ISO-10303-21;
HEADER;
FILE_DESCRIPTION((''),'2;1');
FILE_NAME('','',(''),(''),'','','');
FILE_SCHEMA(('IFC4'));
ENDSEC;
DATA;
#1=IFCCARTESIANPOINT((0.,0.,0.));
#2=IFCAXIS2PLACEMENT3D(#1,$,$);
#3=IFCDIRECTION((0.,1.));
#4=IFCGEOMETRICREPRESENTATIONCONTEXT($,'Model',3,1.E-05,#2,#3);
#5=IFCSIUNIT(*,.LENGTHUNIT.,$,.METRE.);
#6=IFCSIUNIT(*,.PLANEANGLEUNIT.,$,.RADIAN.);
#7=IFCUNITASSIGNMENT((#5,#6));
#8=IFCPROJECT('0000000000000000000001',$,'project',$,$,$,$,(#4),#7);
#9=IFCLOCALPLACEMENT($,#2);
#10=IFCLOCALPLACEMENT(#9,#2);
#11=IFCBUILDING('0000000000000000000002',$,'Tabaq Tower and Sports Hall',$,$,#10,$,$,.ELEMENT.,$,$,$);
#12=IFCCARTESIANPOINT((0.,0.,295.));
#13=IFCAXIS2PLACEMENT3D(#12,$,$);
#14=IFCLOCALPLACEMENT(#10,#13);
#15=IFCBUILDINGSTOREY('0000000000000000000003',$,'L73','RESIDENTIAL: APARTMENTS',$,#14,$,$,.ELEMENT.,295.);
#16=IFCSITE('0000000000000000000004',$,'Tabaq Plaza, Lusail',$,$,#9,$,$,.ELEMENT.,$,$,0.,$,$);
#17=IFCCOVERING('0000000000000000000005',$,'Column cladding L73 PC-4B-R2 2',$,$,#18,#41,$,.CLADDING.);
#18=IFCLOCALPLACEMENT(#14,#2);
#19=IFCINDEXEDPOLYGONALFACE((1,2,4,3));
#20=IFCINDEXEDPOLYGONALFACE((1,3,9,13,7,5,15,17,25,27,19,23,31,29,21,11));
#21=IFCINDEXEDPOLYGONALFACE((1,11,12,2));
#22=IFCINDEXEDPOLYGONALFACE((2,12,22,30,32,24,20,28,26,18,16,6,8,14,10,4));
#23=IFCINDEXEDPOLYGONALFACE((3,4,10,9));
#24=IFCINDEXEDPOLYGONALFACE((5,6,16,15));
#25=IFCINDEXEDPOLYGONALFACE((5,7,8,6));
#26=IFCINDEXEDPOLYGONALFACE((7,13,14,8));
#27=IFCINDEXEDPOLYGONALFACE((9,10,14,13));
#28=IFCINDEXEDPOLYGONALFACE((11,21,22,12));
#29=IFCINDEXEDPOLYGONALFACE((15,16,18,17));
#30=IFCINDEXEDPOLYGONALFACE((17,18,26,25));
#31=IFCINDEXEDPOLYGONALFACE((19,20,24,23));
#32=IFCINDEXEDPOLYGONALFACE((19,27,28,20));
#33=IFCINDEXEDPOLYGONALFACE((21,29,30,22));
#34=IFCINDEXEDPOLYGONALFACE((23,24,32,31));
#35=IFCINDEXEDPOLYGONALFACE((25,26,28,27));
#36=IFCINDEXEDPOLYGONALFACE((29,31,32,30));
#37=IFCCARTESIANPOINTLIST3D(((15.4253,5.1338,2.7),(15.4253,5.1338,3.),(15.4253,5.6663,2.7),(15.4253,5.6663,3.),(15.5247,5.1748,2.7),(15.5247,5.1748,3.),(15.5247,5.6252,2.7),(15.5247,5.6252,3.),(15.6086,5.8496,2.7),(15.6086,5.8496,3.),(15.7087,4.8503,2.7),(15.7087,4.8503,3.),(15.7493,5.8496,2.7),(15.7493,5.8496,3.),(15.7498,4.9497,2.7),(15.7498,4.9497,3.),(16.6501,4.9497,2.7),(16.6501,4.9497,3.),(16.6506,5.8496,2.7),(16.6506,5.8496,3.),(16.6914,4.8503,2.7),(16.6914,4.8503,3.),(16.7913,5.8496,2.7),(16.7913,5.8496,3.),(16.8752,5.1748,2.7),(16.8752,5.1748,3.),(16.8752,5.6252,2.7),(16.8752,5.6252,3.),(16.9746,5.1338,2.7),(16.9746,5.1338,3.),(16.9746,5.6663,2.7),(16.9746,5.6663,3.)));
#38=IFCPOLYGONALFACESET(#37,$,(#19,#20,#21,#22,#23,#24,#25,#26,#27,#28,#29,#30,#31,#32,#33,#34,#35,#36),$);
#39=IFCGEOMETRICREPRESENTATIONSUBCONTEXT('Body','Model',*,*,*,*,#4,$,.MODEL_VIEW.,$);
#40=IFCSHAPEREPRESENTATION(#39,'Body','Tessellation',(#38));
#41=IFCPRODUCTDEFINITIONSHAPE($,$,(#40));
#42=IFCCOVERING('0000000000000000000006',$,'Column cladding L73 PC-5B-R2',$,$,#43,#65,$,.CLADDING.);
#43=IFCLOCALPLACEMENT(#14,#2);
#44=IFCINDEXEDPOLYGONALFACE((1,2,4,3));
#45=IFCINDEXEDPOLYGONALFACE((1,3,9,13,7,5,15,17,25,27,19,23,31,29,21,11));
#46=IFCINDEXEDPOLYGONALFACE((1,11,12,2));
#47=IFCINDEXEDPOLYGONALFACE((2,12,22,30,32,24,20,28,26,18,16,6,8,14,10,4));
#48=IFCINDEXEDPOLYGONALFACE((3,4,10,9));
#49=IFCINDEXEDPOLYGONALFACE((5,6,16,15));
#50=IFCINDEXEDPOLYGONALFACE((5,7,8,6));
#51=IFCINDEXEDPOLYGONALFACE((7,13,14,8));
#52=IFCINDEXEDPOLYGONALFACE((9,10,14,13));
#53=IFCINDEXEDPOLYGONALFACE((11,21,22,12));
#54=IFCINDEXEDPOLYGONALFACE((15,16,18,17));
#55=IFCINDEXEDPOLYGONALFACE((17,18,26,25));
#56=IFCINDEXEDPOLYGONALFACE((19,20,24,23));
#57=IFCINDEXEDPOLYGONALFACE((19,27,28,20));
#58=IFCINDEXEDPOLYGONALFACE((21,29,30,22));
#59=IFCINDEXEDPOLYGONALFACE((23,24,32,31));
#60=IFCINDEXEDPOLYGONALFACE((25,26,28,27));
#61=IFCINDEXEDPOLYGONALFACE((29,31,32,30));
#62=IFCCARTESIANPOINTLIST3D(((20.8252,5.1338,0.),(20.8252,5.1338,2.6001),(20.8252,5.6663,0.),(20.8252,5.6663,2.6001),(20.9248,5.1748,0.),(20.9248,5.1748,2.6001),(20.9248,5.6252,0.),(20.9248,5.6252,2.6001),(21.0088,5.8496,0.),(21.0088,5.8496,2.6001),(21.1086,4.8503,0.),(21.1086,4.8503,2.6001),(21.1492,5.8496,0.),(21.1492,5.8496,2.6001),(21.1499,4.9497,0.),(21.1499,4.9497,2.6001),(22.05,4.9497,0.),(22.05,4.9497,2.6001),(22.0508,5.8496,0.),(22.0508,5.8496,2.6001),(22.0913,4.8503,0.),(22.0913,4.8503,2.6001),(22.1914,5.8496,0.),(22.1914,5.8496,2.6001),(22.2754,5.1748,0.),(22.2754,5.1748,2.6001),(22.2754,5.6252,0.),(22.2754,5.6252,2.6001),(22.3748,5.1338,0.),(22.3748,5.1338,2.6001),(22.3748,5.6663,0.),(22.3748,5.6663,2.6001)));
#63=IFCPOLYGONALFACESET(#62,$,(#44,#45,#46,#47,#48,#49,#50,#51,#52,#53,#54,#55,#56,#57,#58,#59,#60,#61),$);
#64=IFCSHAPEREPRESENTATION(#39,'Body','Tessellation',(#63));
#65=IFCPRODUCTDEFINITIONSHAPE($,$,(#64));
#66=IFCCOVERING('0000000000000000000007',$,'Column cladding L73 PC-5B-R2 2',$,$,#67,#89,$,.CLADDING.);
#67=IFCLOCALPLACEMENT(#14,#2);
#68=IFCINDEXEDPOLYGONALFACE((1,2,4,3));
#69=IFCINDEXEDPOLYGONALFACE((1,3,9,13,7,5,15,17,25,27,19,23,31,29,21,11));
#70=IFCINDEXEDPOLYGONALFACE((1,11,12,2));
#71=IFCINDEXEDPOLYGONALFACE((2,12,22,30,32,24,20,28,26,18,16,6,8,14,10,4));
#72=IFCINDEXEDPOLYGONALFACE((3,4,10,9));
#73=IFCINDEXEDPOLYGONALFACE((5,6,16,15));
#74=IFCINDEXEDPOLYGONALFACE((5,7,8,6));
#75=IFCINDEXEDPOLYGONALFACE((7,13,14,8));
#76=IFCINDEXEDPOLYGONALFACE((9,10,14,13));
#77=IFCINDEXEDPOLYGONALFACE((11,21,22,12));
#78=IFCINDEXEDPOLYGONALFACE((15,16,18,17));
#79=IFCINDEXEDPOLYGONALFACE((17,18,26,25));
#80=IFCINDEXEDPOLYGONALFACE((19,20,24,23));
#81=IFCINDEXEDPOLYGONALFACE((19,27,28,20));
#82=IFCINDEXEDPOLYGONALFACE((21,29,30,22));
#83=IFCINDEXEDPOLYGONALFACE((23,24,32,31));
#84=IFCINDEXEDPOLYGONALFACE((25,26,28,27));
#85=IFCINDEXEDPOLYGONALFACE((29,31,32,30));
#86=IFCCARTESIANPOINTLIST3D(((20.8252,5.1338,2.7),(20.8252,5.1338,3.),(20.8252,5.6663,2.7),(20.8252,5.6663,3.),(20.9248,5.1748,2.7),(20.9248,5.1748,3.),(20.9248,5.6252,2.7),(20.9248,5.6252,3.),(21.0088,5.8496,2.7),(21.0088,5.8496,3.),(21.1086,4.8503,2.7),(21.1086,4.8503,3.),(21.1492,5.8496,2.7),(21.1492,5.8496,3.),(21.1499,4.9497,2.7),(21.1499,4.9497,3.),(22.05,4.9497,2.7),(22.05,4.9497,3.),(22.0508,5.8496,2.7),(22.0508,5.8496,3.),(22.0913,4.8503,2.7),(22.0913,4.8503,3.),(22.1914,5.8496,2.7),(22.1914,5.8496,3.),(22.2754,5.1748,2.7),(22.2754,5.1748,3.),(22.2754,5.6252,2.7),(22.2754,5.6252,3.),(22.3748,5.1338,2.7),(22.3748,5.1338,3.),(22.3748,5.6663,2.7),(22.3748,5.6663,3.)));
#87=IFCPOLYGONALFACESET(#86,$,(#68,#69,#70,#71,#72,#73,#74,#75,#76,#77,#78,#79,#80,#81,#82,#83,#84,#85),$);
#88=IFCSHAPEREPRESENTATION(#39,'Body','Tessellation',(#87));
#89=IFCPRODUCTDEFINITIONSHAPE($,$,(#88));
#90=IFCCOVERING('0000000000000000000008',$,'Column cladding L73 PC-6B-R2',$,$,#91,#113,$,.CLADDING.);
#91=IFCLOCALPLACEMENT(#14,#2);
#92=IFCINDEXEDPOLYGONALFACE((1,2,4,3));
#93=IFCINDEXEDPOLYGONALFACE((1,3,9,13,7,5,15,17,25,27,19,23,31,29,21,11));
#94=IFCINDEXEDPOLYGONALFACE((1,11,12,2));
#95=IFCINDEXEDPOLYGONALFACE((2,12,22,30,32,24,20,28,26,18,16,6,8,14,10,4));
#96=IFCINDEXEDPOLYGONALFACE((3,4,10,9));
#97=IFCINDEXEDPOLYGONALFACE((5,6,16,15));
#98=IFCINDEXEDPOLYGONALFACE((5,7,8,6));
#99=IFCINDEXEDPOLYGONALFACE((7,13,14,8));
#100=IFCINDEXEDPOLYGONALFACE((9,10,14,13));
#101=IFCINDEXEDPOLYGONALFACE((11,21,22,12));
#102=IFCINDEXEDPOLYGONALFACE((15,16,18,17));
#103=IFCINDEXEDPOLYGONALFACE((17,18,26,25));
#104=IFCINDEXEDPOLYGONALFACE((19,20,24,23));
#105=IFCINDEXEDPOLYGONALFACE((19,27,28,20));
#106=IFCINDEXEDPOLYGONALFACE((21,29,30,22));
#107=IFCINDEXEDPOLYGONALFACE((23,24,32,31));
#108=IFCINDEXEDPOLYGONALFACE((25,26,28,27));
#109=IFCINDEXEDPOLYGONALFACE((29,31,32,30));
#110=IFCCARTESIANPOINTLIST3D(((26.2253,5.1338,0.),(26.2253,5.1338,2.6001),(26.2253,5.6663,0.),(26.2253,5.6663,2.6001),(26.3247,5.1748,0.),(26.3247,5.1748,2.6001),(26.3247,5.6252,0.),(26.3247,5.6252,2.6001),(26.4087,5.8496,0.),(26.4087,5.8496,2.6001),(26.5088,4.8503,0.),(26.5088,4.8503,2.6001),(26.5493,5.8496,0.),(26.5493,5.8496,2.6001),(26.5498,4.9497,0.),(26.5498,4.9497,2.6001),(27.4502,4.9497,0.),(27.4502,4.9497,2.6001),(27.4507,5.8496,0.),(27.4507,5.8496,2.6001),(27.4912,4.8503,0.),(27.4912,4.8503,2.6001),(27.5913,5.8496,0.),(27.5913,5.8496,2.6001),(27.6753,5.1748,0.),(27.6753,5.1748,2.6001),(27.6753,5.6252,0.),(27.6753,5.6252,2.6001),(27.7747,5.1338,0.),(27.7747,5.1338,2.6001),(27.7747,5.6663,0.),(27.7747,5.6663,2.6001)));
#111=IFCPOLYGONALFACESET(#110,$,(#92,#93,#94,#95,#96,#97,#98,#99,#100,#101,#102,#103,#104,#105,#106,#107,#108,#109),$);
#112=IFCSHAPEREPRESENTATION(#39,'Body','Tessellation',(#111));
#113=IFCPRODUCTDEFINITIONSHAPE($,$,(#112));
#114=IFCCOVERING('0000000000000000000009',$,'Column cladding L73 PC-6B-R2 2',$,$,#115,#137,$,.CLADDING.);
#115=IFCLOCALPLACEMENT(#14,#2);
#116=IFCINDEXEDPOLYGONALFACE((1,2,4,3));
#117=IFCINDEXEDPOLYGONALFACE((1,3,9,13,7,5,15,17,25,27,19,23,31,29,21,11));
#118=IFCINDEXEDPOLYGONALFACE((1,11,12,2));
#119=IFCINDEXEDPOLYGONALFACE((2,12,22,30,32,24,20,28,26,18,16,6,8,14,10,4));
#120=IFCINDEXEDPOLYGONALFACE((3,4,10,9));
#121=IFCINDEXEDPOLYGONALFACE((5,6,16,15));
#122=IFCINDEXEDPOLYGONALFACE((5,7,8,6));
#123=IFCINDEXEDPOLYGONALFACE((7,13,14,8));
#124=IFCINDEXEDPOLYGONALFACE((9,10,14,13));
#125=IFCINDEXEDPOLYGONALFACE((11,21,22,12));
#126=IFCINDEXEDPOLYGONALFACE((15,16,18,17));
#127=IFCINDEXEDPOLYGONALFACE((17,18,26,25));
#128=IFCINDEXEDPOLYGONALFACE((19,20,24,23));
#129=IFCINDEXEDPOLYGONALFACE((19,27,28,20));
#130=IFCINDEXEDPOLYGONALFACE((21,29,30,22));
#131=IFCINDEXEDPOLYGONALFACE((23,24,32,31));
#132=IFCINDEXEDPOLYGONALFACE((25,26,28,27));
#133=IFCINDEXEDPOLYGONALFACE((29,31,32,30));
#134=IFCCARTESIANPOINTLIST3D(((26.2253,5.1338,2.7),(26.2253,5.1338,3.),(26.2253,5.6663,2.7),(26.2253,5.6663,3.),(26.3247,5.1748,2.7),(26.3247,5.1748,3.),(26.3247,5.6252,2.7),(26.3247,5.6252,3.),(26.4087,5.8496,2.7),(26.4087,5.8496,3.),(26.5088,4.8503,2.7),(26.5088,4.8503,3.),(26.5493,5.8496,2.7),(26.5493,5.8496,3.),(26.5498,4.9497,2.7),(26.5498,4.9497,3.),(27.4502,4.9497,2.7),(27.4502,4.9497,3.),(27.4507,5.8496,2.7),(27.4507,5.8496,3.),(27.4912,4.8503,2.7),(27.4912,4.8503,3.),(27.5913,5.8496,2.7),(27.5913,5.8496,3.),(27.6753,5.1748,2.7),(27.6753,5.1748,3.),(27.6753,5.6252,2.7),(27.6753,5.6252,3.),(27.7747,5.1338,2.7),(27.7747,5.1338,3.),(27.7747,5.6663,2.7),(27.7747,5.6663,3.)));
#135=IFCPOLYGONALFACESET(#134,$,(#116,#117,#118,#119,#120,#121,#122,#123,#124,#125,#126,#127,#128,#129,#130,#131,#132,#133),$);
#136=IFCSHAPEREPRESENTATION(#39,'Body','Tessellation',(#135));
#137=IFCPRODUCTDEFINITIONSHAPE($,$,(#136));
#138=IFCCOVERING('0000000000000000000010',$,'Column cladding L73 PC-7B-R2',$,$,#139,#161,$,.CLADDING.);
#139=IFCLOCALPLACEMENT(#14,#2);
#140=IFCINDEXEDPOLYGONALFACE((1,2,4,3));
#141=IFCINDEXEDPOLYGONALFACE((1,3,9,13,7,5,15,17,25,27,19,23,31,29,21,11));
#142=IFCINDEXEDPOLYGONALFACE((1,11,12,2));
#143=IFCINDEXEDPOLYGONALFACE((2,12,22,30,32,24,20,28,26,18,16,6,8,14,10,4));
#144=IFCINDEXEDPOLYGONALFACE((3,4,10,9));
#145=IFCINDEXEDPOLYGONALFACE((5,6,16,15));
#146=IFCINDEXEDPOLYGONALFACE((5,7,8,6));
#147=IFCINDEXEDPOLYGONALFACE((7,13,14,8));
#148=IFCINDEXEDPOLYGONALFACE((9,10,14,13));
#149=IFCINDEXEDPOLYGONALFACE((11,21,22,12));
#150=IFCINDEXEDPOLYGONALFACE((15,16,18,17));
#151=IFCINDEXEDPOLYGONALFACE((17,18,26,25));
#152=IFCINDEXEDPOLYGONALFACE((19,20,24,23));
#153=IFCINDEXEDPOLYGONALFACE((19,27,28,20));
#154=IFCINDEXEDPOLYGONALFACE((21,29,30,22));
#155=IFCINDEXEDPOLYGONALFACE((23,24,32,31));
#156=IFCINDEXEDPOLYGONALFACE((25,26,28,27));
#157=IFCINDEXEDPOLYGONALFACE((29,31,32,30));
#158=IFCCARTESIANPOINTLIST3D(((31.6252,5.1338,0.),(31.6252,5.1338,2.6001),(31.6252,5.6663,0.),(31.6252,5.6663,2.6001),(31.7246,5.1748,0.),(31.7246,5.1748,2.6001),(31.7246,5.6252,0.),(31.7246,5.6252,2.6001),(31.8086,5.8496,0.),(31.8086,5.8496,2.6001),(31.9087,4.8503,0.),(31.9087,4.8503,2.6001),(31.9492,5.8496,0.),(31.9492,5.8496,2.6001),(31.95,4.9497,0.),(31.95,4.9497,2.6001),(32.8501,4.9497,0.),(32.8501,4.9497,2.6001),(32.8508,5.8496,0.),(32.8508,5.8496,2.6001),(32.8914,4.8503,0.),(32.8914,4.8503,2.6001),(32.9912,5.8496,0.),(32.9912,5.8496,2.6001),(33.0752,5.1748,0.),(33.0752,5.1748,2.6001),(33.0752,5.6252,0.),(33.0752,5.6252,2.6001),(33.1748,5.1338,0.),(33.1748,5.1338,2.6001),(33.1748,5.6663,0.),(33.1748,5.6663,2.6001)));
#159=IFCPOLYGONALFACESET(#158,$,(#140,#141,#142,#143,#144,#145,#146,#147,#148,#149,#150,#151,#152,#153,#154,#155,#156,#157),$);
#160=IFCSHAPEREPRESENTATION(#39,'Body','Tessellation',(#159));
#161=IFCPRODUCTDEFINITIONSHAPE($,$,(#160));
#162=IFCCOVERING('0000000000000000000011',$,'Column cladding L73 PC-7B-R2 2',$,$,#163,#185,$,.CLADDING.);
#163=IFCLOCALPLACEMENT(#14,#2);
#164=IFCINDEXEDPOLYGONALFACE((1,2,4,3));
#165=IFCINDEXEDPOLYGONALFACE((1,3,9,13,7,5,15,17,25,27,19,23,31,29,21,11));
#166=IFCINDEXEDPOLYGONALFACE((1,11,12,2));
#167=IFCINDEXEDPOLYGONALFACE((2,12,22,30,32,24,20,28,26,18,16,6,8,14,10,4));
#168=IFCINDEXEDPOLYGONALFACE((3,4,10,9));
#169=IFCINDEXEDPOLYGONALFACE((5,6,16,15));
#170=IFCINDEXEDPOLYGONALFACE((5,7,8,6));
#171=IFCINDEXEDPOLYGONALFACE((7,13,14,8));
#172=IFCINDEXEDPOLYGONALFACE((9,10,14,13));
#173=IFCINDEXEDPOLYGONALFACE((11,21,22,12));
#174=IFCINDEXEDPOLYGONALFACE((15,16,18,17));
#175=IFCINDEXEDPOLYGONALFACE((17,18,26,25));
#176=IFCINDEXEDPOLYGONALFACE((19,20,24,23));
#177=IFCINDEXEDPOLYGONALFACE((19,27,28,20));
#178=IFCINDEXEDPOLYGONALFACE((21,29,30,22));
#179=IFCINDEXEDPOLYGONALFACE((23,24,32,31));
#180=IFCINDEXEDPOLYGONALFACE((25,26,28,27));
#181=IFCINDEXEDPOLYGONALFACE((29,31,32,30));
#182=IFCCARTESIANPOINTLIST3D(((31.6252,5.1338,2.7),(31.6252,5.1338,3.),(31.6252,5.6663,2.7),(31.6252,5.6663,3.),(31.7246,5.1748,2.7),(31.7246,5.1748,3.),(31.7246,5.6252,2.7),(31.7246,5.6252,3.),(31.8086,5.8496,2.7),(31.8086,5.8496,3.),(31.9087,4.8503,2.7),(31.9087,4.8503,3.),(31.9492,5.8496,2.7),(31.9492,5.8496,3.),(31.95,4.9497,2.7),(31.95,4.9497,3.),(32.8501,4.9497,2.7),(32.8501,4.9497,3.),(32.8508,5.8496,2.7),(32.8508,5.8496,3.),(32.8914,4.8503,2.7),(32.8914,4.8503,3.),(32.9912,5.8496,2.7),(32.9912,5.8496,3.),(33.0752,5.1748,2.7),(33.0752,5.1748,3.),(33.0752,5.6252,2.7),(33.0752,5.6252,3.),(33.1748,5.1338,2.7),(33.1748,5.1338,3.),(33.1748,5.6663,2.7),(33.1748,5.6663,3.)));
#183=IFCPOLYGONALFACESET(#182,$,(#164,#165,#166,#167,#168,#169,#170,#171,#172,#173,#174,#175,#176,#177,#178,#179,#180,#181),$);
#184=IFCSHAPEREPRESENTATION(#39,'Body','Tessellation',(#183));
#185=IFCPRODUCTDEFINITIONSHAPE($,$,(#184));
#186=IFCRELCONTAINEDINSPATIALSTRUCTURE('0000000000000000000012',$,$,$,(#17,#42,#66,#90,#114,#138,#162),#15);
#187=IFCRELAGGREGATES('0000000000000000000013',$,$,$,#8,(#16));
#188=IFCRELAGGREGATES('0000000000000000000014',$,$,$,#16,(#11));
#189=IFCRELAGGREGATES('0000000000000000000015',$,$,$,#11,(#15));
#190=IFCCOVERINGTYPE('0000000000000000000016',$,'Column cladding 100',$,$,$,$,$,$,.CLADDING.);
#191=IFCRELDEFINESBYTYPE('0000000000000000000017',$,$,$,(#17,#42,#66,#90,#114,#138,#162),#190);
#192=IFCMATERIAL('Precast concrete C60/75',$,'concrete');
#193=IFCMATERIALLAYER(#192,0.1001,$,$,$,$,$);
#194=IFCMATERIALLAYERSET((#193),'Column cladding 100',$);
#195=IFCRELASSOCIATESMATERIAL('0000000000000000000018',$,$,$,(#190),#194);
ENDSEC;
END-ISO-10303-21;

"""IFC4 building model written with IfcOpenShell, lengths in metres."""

from ifc_helpers import new_model, si_unit, direction, frame, origin, place, context, subcontext, project, spatial, polyline, outline, extrude, material, layer, layer_set, type_object, element, save


model = new_model("IFC4")

# Units and contexts
model_context = context("Model", 3, precision=1e-05, world=origin(), true_north=direction((0.0, 1.0)))
body_context = subcontext(model_context, "Body", "Model", "MODEL_VIEW")
ifc_project = project(units=[si_unit("LENGTHUNIT", "METRE"), si_unit("PLANEANGLEUNIT", "RADIAN")], contexts=[model_context])

# Site, building, storey
site_placement = place(None, origin())
site = spatial("IfcSite", under=ifc_project, at=site_placement, Name="Tabaq Plaza, Lusail", CompositionType="ELEMENT", RefElevation=0.0)
building_placement = place(site_placement, origin())
building = spatial("IfcBuilding", under=site, at=building_placement, Name="Tabaq Tower and Sports Hall", CompositionType="ELEMENT")
storey_placement = place(building_placement, frame((0.0, 0.0, 295.0)))
storey = spatial("IfcBuildingStorey", under=building, at=storey_placement, Name="L73", Description="RESIDENTIAL: APARTMENTS", CompositionType="ELEMENT", Elevation=295.0)

# Coverings
ifc_material_1 = material(Name="Precast concrete C60/75", Category="concrete")
ifc_layer_1 = layer(ifc_material_1, 0.1001)
ifc_layer_set_1 = layer_set([ifc_layer_1], Name="Column cladding 100")
covering_type = type_object("IfcCoveringType", Name="Column cladding 100", PredefinedType="CLADDING", material=ifc_layer_set_1)
covering_1_placement = place(storey_placement, frame((0.0, 0.0, 2.7)))
element("IfcCovering", 1, at=covering_1_placement, inside=storey, type_object=covering_type, Name="Column cladding L73 PC-4B-R2 2", PredefinedType="CLADDING", context=body_context, shape_type="SweptSolid", body=[
    extrude(outline(polyline([(15.4253, 5.6663), (15.6086, 5.8496), (15.7493, 5.8496), (15.5247, 5.6252), (15.5247, 5.1748), (15.7498, 4.9497), (16.6501, 4.9497), (16.8752, 5.1748), (16.8752, 5.6252), (16.6506, 5.8496), (16.7913, 5.8496), (16.9746, 5.6663), (16.9746, 5.1338), (16.6914, 4.8503), (15.7087, 4.8503), (15.4253, 5.1338), (15.4253, 5.6663)])), origin(), (0.0, 0.0, 1.0), 0.3),
])
covering_2_placement = place(storey_placement, origin())
element("IfcCovering", 2, at=covering_2_placement, inside=storey, type_object=covering_type, Name="Column cladding L73 PC-5B-R2", PredefinedType="CLADDING", context=body_context, shape_type="SweptSolid", body=[
    extrude(outline(polyline([(20.8252, 5.6663), (21.0088, 5.8496), (21.1492, 5.8496), (20.9248, 5.6252), (20.9248, 5.1748), (21.1499, 4.9497), (22.05, 4.9497), (22.2754, 5.1748), (22.2754, 5.6252), (22.0508, 5.8496), (22.1914, 5.8496), (22.3748, 5.6663), (22.3748, 5.1338), (22.0913, 4.8503), (21.1086, 4.8503), (20.8252, 5.1338), (20.8252, 5.6663)])), origin(), (0.0, 0.0, 1.0), 2.6001),
])
covering_3_placement = place(storey_placement, frame((0.0, 0.0, 2.7)))
element("IfcCovering", 3, at=covering_3_placement, inside=storey, type_object=covering_type, Name="Column cladding L73 PC-5B-R2 2", PredefinedType="CLADDING", context=body_context, shape_type="SweptSolid", body=[
    extrude(outline(polyline([(20.8252, 5.6663), (21.0088, 5.8496), (21.1492, 5.8496), (20.9248, 5.6252), (20.9248, 5.1748), (21.1499, 4.9497), (22.05, 4.9497), (22.2754, 5.1748), (22.2754, 5.6252), (22.0508, 5.8496), (22.1914, 5.8496), (22.3748, 5.6663), (22.3748, 5.1338), (22.0913, 4.8503), (21.1086, 4.8503), (20.8252, 5.1338), (20.8252, 5.6663)])), origin(), (0.0, 0.0, 1.0), 0.3),
])
covering_4_placement = place(storey_placement, origin())
element("IfcCovering", 4, at=covering_4_placement, inside=storey, type_object=covering_type, Name="Column cladding L73 PC-6B-R2", PredefinedType="CLADDING", context=body_context, shape_type="SweptSolid", body=[
    extrude(outline(polyline([(26.2253, 5.6663), (26.4087, 5.8496), (26.5493, 5.8496), (26.3247, 5.6252), (26.3247, 5.1748), (26.5498, 4.9497), (27.4502, 4.9497), (27.6753, 5.1748), (27.6753, 5.6252), (27.4507, 5.8496), (27.5913, 5.8496), (27.7747, 5.6663), (27.7747, 5.1338), (27.4912, 4.8503), (26.5088, 4.8503), (26.2253, 5.1338), (26.2253, 5.6663)])), origin(), (0.0, 0.0, 1.0), 2.6001),
])
covering_5_placement = place(storey_placement, frame((0.0, 0.0, 2.7)))
element("IfcCovering", 5, at=covering_5_placement, inside=storey, type_object=covering_type, Name="Column cladding L73 PC-6B-R2 2", PredefinedType="CLADDING", context=body_context, shape_type="SweptSolid", body=[
    extrude(outline(polyline([(26.2253, 5.6663), (26.4087, 5.8496), (26.5493, 5.8496), (26.3247, 5.6252), (26.3247, 5.1748), (26.5498, 4.9497), (27.4502, 4.9497), (27.6753, 5.1748), (27.6753, 5.6252), (27.4507, 5.8496), (27.5913, 5.8496), (27.7747, 5.6663), (27.7747, 5.1338), (27.4912, 4.8503), (26.5088, 4.8503), (26.2253, 5.1338), (26.2253, 5.6663)])), origin(), (0.0, 0.0, 1.0), 0.3),
])
covering_6_placement = place(storey_placement, origin())
element("IfcCovering", 6, at=covering_6_placement, inside=storey, type_object=covering_type, Name="Column cladding L73 PC-7B-R2", PredefinedType="CLADDING", context=body_context, shape_type="SweptSolid", body=[
    extrude(outline(polyline([(31.6252, 5.6663), (31.8086, 5.8496), (31.9492, 5.8496), (31.7246, 5.6252), (31.7246, 5.1748), (31.95, 4.9497), (32.8501, 4.9497), (33.0752, 5.1748), (33.0752, 5.6252), (32.8508, 5.8496), (32.9912, 5.8496), (33.1748, 5.6663), (33.1748, 5.1338), (32.8914, 4.8503), (31.9087, 4.8503), (31.6252, 5.1338), (31.6252, 5.6663)])), origin(), (0.0, 0.0, 1.0), 2.6001),
])
covering_7_placement = place(storey_placement, frame((0.0, 0.0, 2.7)))
element("IfcCovering", 7, at=covering_7_placement, inside=storey, type_object=covering_type, Name="Column cladding L73 PC-7B-R2 2", PredefinedType="CLADDING", context=body_context, shape_type="SweptSolid", body=[
    extrude(outline(polyline([(31.6252, 5.6663), (31.8086, 5.8496), (31.9492, 5.8496), (31.7246, 5.6252), (31.7246, 5.1748), (31.95, 4.9497), (32.8501, 4.9497), (33.0752, 5.1748), (33.0752, 5.6252), (32.8508, 5.8496), (32.9912, 5.8496), (33.1748, 5.6663), (33.1748, 5.1338), (32.8914, 4.8503), (31.9087, 4.8503), (31.6252, 5.1338), (31.6252, 5.6663)])), origin(), (0.0, 0.0, 1.0), 0.3),
])

save(model, "model.ifc")
